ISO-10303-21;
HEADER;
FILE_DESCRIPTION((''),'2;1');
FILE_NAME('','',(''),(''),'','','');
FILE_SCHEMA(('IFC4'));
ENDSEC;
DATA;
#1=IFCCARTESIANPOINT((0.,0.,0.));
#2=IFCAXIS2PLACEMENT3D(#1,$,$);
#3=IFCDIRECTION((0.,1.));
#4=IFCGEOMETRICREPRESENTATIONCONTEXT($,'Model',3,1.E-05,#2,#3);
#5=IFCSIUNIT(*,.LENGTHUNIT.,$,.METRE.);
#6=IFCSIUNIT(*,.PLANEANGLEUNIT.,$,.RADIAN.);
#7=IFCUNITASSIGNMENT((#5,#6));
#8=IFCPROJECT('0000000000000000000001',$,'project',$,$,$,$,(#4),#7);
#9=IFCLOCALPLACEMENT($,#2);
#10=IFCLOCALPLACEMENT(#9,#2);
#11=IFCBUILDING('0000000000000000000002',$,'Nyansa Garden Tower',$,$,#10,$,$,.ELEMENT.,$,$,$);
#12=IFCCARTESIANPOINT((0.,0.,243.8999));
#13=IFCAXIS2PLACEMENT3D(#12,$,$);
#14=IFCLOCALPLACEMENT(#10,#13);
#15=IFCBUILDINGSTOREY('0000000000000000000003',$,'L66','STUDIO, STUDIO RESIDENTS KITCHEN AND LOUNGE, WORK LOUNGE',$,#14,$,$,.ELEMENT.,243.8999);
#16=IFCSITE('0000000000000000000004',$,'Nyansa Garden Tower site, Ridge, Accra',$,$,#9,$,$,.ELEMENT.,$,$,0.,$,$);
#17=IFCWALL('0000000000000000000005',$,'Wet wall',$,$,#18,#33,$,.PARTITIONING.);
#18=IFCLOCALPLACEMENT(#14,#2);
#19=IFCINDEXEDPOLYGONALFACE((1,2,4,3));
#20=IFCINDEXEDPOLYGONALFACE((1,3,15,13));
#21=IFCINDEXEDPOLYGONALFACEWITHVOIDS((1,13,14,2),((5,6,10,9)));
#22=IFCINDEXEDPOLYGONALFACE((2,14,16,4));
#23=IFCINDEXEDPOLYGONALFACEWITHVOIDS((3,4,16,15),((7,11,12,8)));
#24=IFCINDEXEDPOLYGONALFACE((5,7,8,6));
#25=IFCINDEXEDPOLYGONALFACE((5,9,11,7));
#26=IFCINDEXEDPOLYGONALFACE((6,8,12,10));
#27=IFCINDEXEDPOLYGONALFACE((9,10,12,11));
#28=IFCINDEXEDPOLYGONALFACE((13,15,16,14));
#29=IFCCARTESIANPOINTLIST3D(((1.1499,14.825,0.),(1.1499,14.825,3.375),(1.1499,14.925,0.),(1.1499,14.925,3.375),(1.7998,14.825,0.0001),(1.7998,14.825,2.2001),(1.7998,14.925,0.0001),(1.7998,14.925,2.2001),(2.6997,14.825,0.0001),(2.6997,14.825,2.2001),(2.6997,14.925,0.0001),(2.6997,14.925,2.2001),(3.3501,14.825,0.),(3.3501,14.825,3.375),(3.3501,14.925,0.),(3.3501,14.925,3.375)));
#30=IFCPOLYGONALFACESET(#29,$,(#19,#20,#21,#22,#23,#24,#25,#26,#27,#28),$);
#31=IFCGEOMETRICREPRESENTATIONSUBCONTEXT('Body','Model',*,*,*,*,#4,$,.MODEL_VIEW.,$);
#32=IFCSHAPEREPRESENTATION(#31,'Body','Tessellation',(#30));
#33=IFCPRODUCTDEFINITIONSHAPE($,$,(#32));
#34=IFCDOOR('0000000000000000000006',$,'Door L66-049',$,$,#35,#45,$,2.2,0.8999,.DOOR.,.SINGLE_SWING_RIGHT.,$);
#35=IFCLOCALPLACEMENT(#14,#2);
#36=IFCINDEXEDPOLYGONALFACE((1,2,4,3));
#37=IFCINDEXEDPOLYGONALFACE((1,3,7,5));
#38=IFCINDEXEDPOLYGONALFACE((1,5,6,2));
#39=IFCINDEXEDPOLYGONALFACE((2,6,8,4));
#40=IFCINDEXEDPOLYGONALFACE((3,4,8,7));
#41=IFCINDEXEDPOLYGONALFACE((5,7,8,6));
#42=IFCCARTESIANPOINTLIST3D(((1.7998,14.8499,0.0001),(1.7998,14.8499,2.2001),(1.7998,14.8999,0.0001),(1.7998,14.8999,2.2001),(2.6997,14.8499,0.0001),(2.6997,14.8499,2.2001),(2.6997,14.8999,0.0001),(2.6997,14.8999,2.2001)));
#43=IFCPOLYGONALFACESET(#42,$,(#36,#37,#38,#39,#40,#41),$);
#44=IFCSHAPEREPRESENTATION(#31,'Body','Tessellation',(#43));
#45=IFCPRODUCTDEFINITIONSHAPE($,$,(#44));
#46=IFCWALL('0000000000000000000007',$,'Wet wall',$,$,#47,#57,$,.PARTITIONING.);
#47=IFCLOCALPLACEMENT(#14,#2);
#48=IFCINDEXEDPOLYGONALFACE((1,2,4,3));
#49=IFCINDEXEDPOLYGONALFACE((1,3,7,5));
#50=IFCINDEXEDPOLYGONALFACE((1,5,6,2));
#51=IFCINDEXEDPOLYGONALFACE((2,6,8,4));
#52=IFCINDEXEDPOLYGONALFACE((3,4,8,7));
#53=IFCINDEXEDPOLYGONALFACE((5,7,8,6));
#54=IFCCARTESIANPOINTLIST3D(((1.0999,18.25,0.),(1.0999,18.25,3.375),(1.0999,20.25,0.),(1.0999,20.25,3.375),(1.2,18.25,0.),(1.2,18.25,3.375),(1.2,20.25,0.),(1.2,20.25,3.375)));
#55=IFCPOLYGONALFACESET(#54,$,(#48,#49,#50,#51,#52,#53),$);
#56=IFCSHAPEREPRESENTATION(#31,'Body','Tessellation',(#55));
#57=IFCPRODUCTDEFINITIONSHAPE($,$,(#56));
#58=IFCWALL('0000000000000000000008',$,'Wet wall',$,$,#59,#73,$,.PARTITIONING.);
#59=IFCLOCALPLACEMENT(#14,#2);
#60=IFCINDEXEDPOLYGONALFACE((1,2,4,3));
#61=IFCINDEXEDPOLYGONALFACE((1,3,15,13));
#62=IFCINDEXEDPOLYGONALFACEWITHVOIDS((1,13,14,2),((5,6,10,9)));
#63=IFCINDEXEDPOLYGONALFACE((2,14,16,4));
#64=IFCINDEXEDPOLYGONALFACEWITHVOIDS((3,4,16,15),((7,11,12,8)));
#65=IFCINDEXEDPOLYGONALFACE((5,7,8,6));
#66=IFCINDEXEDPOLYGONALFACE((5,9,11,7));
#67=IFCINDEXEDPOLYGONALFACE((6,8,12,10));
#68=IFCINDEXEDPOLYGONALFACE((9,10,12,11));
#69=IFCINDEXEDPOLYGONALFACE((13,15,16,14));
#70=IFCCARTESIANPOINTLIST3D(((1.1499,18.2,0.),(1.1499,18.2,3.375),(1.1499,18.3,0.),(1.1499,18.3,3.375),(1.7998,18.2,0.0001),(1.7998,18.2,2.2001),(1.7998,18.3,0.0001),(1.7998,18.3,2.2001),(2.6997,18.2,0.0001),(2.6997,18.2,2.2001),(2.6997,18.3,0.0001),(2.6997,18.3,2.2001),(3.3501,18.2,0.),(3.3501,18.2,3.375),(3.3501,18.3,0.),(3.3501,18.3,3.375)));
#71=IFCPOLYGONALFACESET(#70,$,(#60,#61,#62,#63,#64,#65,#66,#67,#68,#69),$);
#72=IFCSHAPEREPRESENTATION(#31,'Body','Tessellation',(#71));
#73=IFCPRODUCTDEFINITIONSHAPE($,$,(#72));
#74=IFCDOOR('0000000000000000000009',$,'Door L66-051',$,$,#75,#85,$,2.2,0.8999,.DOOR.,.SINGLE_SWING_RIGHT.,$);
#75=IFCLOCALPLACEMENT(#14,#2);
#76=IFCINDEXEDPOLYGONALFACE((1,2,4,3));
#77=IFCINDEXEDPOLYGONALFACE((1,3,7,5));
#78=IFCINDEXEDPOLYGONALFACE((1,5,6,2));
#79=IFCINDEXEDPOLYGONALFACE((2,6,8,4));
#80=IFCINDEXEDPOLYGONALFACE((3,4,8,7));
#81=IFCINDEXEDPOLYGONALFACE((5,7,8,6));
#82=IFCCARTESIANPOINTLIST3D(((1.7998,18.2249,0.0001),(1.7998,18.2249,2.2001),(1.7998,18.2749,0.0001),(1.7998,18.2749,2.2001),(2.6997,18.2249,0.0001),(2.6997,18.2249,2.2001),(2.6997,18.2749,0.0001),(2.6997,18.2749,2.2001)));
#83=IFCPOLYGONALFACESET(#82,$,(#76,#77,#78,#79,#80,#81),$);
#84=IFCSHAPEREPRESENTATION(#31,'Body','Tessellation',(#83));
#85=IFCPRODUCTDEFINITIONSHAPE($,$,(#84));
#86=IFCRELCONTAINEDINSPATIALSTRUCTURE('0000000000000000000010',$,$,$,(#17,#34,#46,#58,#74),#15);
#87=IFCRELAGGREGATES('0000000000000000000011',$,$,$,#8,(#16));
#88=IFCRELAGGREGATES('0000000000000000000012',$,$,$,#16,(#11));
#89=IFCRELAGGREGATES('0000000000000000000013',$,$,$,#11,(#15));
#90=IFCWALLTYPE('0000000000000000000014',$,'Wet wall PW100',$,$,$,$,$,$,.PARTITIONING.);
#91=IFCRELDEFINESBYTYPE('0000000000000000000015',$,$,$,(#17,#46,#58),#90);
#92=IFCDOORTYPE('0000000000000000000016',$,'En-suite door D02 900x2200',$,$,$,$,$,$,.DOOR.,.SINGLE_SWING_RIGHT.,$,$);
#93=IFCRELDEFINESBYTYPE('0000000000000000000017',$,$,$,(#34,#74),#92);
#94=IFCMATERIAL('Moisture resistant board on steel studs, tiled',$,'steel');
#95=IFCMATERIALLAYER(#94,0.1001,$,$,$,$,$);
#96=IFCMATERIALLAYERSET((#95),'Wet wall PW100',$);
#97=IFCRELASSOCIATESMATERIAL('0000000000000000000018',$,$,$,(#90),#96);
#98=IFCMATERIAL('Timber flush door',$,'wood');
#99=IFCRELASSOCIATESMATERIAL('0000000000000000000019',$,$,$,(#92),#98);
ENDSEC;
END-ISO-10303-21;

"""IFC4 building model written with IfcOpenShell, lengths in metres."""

from ifc_helpers import new_model, si_unit, direction, frame, frame_2d, origin, place, context, subcontext, project, spatial, rectangle, extrude, material, layer, layer_set, type_object, element, fill, save


model = new_model("IFC4")

# Units and contexts
model_context = context("Model", 3, precision=1e-05, world=origin(), true_north=direction((0.0, 1.0)))
body_context = subcontext(model_context, "Body", "Model", "MODEL_VIEW")
ifc_project = project(units=[si_unit("LENGTHUNIT", "METRE"), si_unit("PLANEANGLEUNIT", "RADIAN")], contexts=[model_context])

# Site, building, storey
site_placement = place(None, origin())
site = spatial("IfcSite", under=ifc_project, at=site_placement, Name="Nyansa Garden Tower site, Ridge, Accra", CompositionType="ELEMENT", RefElevation=0.0)
building_placement = place(site_placement, origin())
building = spatial("IfcBuilding", under=site, at=building_placement, Name="Nyansa Garden Tower", CompositionType="ELEMENT")
storey_placement = place(building_placement, frame((0.0, 0.0, 243.8999)))
storey = spatial("IfcBuildingStorey", under=building, at=storey_placement, Name="L66", Description="STUDIO, STUDIO RESIDENTS KITCHEN AND LOUNGE, WORK LOUNGE", CompositionType="ELEMENT", Elevation=243.8999)

# Shared definitions
ifc_material_1 = material(Name="Moisture resistant board on steel studs, tiled", Category="steel")
ifc_layer_1 = layer(ifc_material_1, 0.1001)
ifc_layer_set_1 = layer_set([ifc_layer_1], Name="Wet wall PW100")
wall_type_1 = type_object("IfcWallType", Name="Wet wall PW100", PredefinedType="PARTITIONING", material=ifc_layer_set_1)

# Wall, opening, door
wall_1_placement = place(storey_placement, frame((1.1499, 14.875, 0.0), z_axis=(0.0, 0.0, 1.0), x_axis=(1.0, 0.0, 0.0)))
wall_1 = element("IfcWall", 1, at=wall_1_placement, inside=storey, type_object=wall_type_1, Name="Wet wall", PredefinedType="PARTITIONING", context=body_context, shape_type="SweptSolid", body=[
    extrude(rectangle(XDim=2.2002, YDim=0.1001, at=frame_2d((1.1001, 0.0))), origin(), (0.0, 0.0, 1.0), 3.375),
])
opening_1_placement = place(wall_1_placement, frame((0.6499, 0.0, 0.0)))
opening_1 = element("IfcOpeningElement", 2, at=opening_1_placement, cuts=wall_1, PredefinedType="OPENING", context=body_context, shape_type="SweptSolid", body=[
    extrude(rectangle(XDim=0.8999, YDim=2.2, at=frame_2d((0.45, 1.1001))), frame((0.0, 0.0601, 0.0), z_axis=(0.0, -1.0, 0.0), x_axis=(1.0, 0.0, 0.0)), (0.0, 0.0, 1.0), 0.1201),
])
ifc_material_2 = material(Name="Timber flush door", Category="wood")
door_type_1 = type_object("IfcDoorType", Name="En-suite door D02 900x2200", OperationType="SINGLE_SWING_RIGHT", PredefinedType="DOOR", material=ifc_material_2)
door_1_placement = place(opening_1_placement, origin())
door_1 = element("IfcDoor", 3, at=door_1_placement, inside=storey, type_object=door_type_1, Name="Door L66-049", OperationType="SINGLE_SWING_RIGHT", OverallHeight=2.2, OverallWidth=0.8999, PredefinedType="DOOR", context=body_context, shape_type="SweptSolid", body=[
    extrude(rectangle(XDim=0.8999, YDim=2.2, at=frame_2d((0.45, 1.1001))), frame((0.0, 0.0249, 0.0), z_axis=(0.0, -1.0, 0.0), x_axis=(1.0, 0.0, 0.0)), (0.0, 0.0, 1.0), 0.05),
])
fill(opening_1, door_1)

# Wall
wall_2_placement = place(storey_placement, frame((1.1499, 18.25, 0.0), z_axis=(0.0, 0.0, 1.0), x_axis=(0.0, 1.0, 0.0)))
element("IfcWall", 4, at=wall_2_placement, inside=storey, type_object=wall_type_1, Name="Wet wall", PredefinedType="PARTITIONING", context=body_context, shape_type="SweptSolid", body=[
    extrude(rectangle(XDim=2.0, YDim=0.1001, at=frame_2d((1.0, 0.0))), origin(), (0.0, 0.0, 1.0), 3.375),
])

# Wall, opening, door
wall_3_placement = place(storey_placement, frame((1.1499, 18.25, 0.0), z_axis=(0.0, 0.0, 1.0), x_axis=(1.0, 0.0, 0.0)))
wall_3 = element("IfcWall", 5, at=wall_3_placement, inside=storey, type_object=wall_type_1, Name="Wet wall", PredefinedType="PARTITIONING", context=body_context, shape_type="SweptSolid", body=[
    extrude(rectangle(XDim=2.2002, YDim=0.1001, at=frame_2d((1.1001, 0.0))), origin(), (0.0, 0.0, 1.0), 3.375),
])
opening_2_placement = place(wall_3_placement, frame((0.6499, 0.0, 0.0)))
opening_2 = element("IfcOpeningElement", 6, at=opening_2_placement, cuts=wall_3, PredefinedType="OPENING", context=body_context, shape_type="SweptSolid", body=[
    extrude(rectangle(XDim=0.8999, YDim=2.2, at=frame_2d((0.45, 1.1001))), frame((0.0, 0.0601, 0.0), z_axis=(0.0, -1.0, 0.0), x_axis=(1.0, 0.0, 0.0)), (0.0, 0.0, 1.0), 0.1201),
])
door_2_placement = place(opening_2_placement, origin())
door_2 = element("IfcDoor", 7, at=door_2_placement, inside=storey, type_object=door_type_1, Name="Door L66-051", OperationType="SINGLE_SWING_RIGHT", OverallHeight=2.2, OverallWidth=0.8999, PredefinedType="DOOR", context=body_context, shape_type="SweptSolid", body=[
    extrude(rectangle(XDim=0.8999, YDim=2.2, at=frame_2d((0.45, 1.1001))), frame((0.0, 0.0249, 0.0), z_axis=(0.0, -1.0, 0.0), x_axis=(1.0, 0.0, 0.0)), (0.0, 0.0, 1.0), 0.05),
])
fill(opening_2, door_2)

save(model, "model.ifc")
